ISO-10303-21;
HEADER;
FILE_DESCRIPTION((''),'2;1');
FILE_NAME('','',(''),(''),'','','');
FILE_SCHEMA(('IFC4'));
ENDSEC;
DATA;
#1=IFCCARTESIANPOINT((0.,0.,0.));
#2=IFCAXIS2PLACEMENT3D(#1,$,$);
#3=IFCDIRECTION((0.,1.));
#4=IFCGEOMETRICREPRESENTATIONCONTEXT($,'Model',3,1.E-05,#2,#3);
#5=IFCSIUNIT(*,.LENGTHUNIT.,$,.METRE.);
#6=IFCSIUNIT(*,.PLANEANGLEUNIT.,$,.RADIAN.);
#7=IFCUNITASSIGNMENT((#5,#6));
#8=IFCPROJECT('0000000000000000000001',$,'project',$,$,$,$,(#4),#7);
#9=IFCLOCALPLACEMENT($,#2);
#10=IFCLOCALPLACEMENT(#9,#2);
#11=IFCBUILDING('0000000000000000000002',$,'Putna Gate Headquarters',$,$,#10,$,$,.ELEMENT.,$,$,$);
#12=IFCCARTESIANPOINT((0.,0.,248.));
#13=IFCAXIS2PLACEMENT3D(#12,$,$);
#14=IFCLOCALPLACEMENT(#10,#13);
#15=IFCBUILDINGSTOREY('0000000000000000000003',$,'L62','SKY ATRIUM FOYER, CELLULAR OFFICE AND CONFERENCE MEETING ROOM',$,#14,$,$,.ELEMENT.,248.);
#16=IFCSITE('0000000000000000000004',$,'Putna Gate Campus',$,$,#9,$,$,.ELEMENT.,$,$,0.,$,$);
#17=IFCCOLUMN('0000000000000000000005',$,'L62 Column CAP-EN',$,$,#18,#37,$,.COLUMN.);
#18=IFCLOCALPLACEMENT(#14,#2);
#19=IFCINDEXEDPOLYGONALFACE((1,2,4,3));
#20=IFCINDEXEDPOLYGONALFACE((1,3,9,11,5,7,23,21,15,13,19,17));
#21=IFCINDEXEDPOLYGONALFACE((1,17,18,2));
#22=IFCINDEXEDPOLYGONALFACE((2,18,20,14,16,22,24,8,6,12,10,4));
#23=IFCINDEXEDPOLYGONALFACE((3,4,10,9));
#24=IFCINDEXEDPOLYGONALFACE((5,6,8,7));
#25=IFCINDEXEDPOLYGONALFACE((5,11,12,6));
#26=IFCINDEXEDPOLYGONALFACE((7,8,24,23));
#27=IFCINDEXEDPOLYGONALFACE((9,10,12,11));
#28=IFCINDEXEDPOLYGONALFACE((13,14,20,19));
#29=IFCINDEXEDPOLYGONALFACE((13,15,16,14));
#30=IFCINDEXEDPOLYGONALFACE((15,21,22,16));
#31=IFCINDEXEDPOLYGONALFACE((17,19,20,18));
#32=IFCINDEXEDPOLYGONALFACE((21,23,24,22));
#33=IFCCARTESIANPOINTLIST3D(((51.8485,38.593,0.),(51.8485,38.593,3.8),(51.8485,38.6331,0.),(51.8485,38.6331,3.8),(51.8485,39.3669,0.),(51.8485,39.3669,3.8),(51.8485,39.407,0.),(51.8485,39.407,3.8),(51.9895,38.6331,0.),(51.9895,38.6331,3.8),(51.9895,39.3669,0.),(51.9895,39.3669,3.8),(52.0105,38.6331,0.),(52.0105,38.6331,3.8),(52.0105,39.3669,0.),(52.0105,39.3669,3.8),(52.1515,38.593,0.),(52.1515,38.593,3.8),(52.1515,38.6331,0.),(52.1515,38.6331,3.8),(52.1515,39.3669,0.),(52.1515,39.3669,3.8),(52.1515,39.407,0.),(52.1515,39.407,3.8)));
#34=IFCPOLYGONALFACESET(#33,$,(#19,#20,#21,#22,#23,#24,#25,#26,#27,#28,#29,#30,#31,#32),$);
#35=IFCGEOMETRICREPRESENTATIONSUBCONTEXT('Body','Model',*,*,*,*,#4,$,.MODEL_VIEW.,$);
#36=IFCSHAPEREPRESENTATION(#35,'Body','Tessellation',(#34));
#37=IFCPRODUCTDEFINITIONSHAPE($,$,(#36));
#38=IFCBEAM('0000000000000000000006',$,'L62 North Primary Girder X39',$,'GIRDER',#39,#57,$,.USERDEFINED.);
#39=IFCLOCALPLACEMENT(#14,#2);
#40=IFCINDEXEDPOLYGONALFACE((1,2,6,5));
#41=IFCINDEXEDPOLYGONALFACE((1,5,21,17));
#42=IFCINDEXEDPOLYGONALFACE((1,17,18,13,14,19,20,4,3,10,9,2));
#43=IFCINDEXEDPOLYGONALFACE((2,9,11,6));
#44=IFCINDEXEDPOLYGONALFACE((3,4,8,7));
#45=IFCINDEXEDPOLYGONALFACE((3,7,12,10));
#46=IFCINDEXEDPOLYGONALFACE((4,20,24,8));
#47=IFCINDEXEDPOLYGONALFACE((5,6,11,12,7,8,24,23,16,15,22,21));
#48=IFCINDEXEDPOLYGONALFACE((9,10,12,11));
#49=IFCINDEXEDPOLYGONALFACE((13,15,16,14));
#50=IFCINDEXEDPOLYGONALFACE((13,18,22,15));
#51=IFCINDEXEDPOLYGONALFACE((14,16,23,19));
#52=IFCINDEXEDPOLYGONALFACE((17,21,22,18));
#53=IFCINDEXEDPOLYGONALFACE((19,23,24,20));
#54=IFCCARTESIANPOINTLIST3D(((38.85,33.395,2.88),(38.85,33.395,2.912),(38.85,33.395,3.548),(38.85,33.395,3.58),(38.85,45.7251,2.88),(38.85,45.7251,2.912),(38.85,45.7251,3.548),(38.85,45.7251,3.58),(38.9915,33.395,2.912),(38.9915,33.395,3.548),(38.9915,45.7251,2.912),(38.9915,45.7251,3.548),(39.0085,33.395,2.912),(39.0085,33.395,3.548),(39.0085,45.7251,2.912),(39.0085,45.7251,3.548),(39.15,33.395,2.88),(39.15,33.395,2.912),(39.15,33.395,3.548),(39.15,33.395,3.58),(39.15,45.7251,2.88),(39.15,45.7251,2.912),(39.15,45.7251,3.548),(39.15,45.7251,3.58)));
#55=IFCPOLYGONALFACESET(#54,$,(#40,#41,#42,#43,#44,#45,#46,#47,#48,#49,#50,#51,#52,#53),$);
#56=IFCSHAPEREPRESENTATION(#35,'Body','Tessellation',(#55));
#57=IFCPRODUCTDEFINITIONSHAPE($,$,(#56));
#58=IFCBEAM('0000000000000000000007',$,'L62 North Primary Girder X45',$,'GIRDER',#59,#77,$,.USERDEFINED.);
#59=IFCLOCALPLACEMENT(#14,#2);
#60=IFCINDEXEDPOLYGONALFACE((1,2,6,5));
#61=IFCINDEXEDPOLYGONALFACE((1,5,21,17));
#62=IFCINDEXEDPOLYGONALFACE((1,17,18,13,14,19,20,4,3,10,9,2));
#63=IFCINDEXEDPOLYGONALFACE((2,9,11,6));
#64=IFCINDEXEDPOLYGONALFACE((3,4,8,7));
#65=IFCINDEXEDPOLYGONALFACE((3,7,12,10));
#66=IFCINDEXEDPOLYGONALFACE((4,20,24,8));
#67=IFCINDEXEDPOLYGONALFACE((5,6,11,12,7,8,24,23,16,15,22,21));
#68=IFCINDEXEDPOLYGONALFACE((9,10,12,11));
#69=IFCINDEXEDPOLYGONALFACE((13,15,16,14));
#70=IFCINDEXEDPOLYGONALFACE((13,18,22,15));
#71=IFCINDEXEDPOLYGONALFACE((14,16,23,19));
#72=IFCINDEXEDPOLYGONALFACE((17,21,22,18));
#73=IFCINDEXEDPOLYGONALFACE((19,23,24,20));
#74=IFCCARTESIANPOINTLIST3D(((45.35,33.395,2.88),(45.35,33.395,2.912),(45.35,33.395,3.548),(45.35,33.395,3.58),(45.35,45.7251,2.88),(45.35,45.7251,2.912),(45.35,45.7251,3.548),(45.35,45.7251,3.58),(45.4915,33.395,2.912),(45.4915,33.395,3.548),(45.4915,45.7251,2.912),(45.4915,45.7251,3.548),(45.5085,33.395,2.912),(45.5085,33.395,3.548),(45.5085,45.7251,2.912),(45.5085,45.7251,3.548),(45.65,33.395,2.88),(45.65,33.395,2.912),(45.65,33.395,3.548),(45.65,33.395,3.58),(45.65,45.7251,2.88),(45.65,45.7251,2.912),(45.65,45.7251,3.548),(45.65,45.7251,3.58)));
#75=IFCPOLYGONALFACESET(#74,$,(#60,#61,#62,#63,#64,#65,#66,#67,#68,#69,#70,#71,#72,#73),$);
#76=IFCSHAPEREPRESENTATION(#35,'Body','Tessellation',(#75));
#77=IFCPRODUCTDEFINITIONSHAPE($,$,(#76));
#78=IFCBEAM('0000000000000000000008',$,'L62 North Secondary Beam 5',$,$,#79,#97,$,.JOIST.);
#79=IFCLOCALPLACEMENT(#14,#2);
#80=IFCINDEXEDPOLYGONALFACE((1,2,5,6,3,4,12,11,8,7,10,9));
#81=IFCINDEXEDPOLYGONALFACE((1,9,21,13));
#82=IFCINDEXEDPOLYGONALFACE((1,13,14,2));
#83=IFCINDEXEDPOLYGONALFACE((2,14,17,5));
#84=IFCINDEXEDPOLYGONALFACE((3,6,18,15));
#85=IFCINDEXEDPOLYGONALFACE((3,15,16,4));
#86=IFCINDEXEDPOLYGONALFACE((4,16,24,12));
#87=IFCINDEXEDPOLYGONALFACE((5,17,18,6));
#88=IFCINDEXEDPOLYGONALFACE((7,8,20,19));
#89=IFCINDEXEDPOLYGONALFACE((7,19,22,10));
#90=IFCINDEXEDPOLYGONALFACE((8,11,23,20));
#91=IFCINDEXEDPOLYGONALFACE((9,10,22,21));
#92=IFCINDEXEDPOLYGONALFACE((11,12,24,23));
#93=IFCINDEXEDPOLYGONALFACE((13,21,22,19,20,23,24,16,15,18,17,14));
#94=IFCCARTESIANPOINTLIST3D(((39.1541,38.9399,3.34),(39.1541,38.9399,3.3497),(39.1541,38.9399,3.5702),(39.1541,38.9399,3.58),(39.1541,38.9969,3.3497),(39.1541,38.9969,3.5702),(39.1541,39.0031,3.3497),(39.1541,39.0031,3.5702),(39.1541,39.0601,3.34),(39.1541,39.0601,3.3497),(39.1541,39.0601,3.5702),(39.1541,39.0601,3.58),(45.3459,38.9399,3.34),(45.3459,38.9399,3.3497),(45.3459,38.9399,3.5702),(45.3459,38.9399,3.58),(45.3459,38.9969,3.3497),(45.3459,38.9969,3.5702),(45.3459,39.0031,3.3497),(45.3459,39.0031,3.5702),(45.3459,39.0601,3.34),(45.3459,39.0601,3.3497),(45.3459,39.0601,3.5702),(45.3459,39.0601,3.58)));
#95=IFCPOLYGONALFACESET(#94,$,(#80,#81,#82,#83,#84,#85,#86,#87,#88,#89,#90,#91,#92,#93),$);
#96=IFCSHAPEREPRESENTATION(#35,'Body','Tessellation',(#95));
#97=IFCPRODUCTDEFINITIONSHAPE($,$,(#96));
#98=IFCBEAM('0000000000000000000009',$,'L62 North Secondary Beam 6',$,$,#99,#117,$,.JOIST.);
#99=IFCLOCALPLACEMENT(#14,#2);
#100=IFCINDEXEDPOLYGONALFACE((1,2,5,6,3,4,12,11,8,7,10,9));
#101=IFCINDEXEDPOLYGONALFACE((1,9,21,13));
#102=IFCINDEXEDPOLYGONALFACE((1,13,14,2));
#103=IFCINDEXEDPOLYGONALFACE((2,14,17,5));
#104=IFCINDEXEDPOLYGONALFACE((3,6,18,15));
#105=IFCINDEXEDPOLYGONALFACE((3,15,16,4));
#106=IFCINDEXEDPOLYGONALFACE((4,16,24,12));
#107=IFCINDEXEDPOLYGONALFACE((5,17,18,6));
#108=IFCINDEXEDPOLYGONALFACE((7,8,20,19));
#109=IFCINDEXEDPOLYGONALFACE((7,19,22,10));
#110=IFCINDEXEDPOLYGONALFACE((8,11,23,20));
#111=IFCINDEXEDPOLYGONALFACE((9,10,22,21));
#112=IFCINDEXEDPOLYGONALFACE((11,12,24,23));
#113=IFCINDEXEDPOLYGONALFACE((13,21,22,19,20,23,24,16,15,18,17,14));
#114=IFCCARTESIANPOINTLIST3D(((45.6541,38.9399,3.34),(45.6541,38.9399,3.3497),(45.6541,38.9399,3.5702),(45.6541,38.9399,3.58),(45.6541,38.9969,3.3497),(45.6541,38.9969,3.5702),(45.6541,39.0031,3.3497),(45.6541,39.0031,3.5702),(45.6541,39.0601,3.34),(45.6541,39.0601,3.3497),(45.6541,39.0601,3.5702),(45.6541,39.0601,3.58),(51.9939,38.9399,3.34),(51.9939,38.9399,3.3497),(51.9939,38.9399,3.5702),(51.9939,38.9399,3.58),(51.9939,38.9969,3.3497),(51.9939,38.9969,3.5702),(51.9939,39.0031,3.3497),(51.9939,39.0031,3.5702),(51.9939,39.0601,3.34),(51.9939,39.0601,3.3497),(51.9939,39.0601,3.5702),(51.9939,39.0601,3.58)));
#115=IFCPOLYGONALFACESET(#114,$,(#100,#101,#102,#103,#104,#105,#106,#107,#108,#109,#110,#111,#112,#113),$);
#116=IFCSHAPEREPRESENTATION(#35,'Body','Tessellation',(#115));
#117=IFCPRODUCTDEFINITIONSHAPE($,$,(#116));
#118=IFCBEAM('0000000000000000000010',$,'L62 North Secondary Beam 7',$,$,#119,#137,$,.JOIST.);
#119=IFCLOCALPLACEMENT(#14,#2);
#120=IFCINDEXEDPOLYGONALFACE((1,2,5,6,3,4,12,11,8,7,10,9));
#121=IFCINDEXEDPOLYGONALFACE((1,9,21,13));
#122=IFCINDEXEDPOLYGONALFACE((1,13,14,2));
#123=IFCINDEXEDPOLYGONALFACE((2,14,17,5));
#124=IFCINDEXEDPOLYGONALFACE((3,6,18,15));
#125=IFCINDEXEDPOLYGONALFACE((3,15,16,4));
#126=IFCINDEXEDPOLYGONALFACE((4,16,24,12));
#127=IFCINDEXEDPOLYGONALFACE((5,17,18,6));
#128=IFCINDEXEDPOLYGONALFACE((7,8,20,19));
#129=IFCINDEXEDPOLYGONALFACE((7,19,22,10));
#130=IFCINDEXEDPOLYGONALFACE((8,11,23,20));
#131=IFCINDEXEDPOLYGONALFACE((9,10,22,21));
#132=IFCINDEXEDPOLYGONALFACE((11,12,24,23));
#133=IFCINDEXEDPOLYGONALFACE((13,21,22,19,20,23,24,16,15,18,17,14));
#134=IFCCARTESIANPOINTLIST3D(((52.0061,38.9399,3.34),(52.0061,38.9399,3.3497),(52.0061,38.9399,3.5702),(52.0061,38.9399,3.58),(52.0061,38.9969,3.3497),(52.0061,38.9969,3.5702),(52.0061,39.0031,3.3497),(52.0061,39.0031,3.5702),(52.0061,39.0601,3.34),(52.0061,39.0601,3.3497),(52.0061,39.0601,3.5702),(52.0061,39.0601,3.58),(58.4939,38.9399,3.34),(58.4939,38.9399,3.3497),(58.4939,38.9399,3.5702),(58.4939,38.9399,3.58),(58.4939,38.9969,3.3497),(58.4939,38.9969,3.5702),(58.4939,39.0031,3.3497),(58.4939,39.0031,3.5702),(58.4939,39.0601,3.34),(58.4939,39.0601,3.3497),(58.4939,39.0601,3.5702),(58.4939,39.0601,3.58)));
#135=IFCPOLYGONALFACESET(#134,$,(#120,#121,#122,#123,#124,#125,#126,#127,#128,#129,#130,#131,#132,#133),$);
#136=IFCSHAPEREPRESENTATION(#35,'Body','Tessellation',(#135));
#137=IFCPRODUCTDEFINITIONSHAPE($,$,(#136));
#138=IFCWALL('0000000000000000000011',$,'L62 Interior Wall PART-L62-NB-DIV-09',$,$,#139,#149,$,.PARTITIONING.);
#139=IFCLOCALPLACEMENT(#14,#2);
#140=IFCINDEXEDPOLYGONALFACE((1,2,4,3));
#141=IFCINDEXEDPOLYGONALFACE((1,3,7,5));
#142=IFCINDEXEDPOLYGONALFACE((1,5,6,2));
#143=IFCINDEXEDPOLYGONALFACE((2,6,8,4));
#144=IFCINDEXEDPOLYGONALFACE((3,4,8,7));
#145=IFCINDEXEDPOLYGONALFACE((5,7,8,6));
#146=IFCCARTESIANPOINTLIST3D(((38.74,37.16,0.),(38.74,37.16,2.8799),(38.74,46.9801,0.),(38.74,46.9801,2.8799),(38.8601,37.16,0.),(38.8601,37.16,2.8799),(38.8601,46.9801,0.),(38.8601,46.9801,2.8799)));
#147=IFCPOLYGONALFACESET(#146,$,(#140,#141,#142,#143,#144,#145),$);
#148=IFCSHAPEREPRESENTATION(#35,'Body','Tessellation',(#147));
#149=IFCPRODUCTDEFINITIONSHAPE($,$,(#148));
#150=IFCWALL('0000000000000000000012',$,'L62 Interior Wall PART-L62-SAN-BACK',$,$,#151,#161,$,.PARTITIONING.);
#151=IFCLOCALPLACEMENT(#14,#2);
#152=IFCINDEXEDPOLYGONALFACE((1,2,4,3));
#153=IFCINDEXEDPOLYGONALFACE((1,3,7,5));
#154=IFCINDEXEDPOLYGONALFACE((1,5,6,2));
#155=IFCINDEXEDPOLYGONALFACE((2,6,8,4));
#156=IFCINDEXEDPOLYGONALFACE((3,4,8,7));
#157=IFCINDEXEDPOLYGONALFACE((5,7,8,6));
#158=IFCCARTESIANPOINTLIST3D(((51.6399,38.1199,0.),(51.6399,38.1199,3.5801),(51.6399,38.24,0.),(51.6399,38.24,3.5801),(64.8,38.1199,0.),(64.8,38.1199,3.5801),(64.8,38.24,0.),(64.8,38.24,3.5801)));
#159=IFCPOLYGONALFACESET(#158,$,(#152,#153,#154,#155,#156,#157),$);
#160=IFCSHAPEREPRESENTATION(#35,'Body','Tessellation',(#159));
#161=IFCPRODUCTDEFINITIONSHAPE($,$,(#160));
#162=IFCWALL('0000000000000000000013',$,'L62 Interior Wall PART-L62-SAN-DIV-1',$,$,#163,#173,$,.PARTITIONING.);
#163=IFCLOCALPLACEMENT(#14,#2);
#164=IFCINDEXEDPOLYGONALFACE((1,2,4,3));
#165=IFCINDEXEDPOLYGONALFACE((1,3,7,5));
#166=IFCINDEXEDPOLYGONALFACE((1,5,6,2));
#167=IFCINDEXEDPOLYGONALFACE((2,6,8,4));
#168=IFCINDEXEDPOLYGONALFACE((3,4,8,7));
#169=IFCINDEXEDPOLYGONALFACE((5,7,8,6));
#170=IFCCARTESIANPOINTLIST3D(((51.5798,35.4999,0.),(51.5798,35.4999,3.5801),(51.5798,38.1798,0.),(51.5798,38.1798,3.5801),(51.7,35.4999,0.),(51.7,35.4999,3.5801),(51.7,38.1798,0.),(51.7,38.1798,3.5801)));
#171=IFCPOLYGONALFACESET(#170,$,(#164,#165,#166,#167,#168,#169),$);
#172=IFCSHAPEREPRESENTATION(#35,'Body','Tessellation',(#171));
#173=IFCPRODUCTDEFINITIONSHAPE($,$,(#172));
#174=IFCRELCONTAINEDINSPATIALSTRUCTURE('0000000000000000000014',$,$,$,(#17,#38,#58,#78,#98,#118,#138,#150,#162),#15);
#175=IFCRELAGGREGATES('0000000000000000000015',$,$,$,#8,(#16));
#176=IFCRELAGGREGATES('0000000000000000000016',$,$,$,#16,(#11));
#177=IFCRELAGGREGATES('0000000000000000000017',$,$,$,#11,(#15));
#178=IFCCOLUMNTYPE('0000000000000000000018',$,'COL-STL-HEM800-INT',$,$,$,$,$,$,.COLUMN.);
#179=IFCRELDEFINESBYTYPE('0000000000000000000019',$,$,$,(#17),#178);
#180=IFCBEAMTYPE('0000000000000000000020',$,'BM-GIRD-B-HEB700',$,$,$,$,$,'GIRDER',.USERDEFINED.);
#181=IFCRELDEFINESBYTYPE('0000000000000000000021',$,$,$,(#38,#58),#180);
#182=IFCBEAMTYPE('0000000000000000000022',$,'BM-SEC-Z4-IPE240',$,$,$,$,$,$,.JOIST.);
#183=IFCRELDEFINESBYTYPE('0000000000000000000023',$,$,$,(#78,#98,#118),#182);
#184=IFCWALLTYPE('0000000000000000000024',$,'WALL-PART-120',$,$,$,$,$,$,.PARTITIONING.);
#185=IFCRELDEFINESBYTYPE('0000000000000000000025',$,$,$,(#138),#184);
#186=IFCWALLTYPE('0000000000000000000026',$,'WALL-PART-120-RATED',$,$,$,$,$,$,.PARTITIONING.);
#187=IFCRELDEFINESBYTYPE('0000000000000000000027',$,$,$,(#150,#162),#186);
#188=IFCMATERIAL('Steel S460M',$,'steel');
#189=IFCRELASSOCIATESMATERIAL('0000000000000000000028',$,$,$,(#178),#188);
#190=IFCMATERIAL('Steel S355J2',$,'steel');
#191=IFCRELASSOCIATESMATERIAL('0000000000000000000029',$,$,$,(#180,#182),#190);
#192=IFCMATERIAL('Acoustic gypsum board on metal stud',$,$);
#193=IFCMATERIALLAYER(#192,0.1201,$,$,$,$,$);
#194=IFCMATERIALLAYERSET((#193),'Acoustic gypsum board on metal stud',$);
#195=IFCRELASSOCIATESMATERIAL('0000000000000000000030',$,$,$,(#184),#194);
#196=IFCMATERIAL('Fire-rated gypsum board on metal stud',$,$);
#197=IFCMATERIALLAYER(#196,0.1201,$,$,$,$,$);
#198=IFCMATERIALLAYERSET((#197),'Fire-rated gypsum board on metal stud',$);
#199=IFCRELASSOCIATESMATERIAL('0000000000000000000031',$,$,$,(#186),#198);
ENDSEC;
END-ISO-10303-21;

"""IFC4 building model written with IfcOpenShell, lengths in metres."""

from ifc_helpers import new_model, si_unit, direction, frame, frame_2d, origin, origin_2d, place, context, subcontext, project, spatial, rectangle, i_section, extrude, material, layer, layer_set, material_profile, profile_set, type_object, element, save


model = new_model("IFC4")

# Units and contexts
model_context = context("Model", 3, precision=1e-05, world=origin(), true_north=direction((0.0, 1.0)))
body_context = subcontext(model_context, "Body", "Model", "MODEL_VIEW")
ifc_project = project(units=[si_unit("LENGTHUNIT", "METRE"), si_unit("PLANEANGLEUNIT", "RADIAN")], contexts=[model_context])

# Site, building, storey
site_placement = place(None, origin())
site = spatial("IfcSite", under=ifc_project, at=site_placement, Name="Putna Gate Campus", CompositionType="ELEMENT", RefElevation=0.0)
building_placement = place(site_placement, origin())
building = spatial("IfcBuilding", under=site, at=building_placement, Name="Putna Gate Headquarters", CompositionType="ELEMENT")
storey_placement = place(building_placement, frame((0.0, 0.0, 248.0)))
storey = spatial("IfcBuildingStorey", under=building, at=storey_placement, Name="L62", Description="SKY ATRIUM FOYER, CELLULAR OFFICE AND CONFERENCE MEETING ROOM", CompositionType="ELEMENT", Elevation=248.0)

# Column
ifc_material_1 = material(Name="Steel S460M", Category="steel")
ifc_material_profile_1 = material_profile(ifc_material_1, i_section(OverallWidth=0.303, OverallDepth=0.814, WebThickness=0.021, FlangeThickness=0.04, at=origin_2d()), Name="Steel S460M")
ifc_profile_set_1 = profile_set([ifc_material_profile_1], Name="Steel S460M")
column_type = type_object("IfcColumnType", Name="COL-STL-HEM800-INT", PredefinedType="COLUMN", material=ifc_profile_set_1)
column_placement = place(storey_placement, frame((52.0, 39.0, 0.0), z_axis=(0.0, 0.0, 1.0), x_axis=(1.0, 0.0, 0.0)))
element("IfcColumn", 1, at=column_placement, inside=storey, type_object=column_type, Name="L62 Column CAP-EN", PredefinedType="COLUMN", context=body_context, shape_type="SweptSolid", body=[
    extrude(i_section(OverallWidth=0.303, OverallDepth=0.814, WebThickness=0.021, FlangeThickness=0.04, at=origin_2d()), origin(), (0.0, 0.0, 1.0), 3.8),
])

# Beams
ifc_material_2 = material(Name="Steel S355J2", Category="steel")
ifc_material_profile_2 = material_profile(ifc_material_2, i_section(OverallWidth=0.3, OverallDepth=0.7, WebThickness=0.0171, FlangeThickness=0.032, at=origin_2d()), Name="Steel S355J2")
ifc_profile_set_2 = profile_set([ifc_material_profile_2], Name="Steel S355J2")
beam_type_1 = type_object("IfcBeamType", Name="BM-GIRD-B-HEB700", ElementType="GIRDER", PredefinedType="USERDEFINED", material=ifc_profile_set_2)
for number, where, z_axis, x_axis, name in (
    (2, (39.0, 33.395, 3.23), (0.0, 1.0, 0.0), (-1.0, 0.0, 0.0), "L62 North Primary Girder X39"),
    (3, (45.5, 33.395, 3.23), (0.0, 1.0, 0.0), (-1.0, 0.0, 0.0), "L62 North Primary Girder X45"),
):
    element("IfcBeam", number, at=place(storey_placement, frame(where, z_axis=z_axis, x_axis=x_axis)), inside=storey, type_object=beam_type_1, Name=name, ObjectType="GIRDER", PredefinedType="USERDEFINED", context=body_context, shape_type="SweptSolid", body=[
        extrude(i_section(OverallWidth=0.3, OverallDepth=0.7, WebThickness=0.0171, FlangeThickness=0.032, at=origin_2d()), origin(), (0.0, 0.0, 1.0), 12.3301),
    ])
ifc_material_profile_3 = material_profile(ifc_material_2, i_section(OverallWidth=0.1201, OverallDepth=0.24, WebThickness=0.0061, FlangeThickness=0.0098, at=origin_2d()), Name="Steel S355J2")
ifc_profile_set_3 = profile_set([ifc_material_profile_3], Name="Steel S355J2")
beam_type_2 = type_object("IfcBeamType", Name="BM-SEC-Z4-IPE240", PredefinedType="JOIST", material=ifc_profile_set_3)
beam_1_placement = place(storey_placement, frame((39.1541, 39.0, 3.46), z_axis=(1.0, 0.0, 0.0), x_axis=(0.0, 1.0, 0.0)))
element("IfcBeam", 4, at=beam_1_placement, inside=storey, type_object=beam_type_2, Name="L62 North Secondary Beam 5", PredefinedType="JOIST", context=body_context, shape_type="SweptSolid", body=[
    extrude(i_section(OverallWidth=0.1201, OverallDepth=0.24, WebThickness=0.0061, FlangeThickness=0.0098, at=origin_2d()), origin(), (0.0, 0.0, 1.0), 6.1919),
])
beam_2_placement = place(storey_placement, frame((45.6541, 39.0, 3.46), z_axis=(1.0, 0.0, 0.0), x_axis=(0.0, 1.0, 0.0)))
element("IfcBeam", 5, at=beam_2_placement, inside=storey, type_object=beam_type_2, Name="L62 North Secondary Beam 6", PredefinedType="JOIST", context=body_context, shape_type="SweptSolid", body=[
    extrude(i_section(OverallWidth=0.1201, OverallDepth=0.24, WebThickness=0.0061, FlangeThickness=0.0098, at=origin_2d()), origin(), (0.0, 0.0, 1.0), 6.3398),
])
beam_3_placement = place(storey_placement, frame((52.0061, 39.0, 3.46), z_axis=(1.0, 0.0, 0.0), x_axis=(0.0, 1.0, 0.0)))
element("IfcBeam", 6, at=beam_3_placement, inside=storey, type_object=beam_type_2, Name="L62 North Secondary Beam 7", PredefinedType="JOIST", context=body_context, shape_type="SweptSolid", body=[
    extrude(i_section(OverallWidth=0.1201, OverallDepth=0.24, WebThickness=0.0061, FlangeThickness=0.0098, at=origin_2d()), origin(), (0.0, 0.0, 1.0), 6.4878),
])

# Wall
ifc_material_3 = material(Name="Acoustic gypsum board on metal stud")
ifc_layer_1 = layer(ifc_material_3, 0.1201)
ifc_layer_set_1 = layer_set([ifc_layer_1], Name="Acoustic gypsum board on metal stud")
wall_type_1 = type_object("IfcWallType", Name="WALL-PART-120", PredefinedType="PARTITIONING", material=ifc_layer_set_1)
wall_1_placement = place(storey_placement, frame((38.8, 37.1599, 0.0), z_axis=(0.0, 0.0, 1.0), x_axis=(0.0, 1.0, 0.0)))
element("IfcWall", 7, at=wall_1_placement, inside=storey, type_object=wall_type_1, Name="L62 Interior Wall PART-L62-NB-DIV-09", PredefinedType="PARTITIONING", context=body_context, shape_type="SweptSolid", body=[
    extrude(rectangle(XDim=9.8201, YDim=0.1201, at=frame_2d((4.9102, 0.0))), origin(), (0.0, 0.0, 1.0), 2.8799),
])

# Shared definitions
ifc_material_4 = material(Name="Fire-rated gypsum board on metal stud")
ifc_layer_2 = layer(ifc_material_4, 0.1201)
ifc_layer_set_2 = layer_set([ifc_layer_2], Name="Fire-rated gypsum board on metal stud")
wall_type_2 = type_object("IfcWallType", Name="WALL-PART-120-RATED", PredefinedType="PARTITIONING", material=ifc_layer_set_2)

# Walls
wall_2_placement = place(storey_placement, frame((51.6399, 38.1799, 0.0), z_axis=(0.0, 0.0, 1.0), x_axis=(1.0, 0.0, 0.0)))
element("IfcWall", 8, at=wall_2_placement, inside=storey, type_object=wall_type_2, Name="L62 Interior Wall PART-L62-SAN-BACK", PredefinedType="PARTITIONING", context=body_context, shape_type="SweptSolid", body=[
    extrude(rectangle(XDim=13.1602, YDim=0.1201, at=frame_2d((6.5801, 0.0))), origin(), (0.0, 0.0, 1.0), 3.5801),
])
wall_3_placement = place(storey_placement, frame((51.6399, 35.5, 0.0), z_axis=(0.0, 0.0, 1.0), x_axis=(0.0, 1.0, 0.0)))
element("IfcWall", 9, at=wall_3_placement, inside=storey, type_object=wall_type_2, Name="L62 Interior Wall PART-L62-SAN-DIV-1", PredefinedType="PARTITIONING", context=body_context, shape_type="SweptSolid", body=[
    extrude(rectangle(XDim=2.6799, YDim=0.1201, at=frame_2d((1.3398, 0.0))), origin(), (0.0, 0.0, 1.0), 3.5801),
])

save(model, "model.ifc")
